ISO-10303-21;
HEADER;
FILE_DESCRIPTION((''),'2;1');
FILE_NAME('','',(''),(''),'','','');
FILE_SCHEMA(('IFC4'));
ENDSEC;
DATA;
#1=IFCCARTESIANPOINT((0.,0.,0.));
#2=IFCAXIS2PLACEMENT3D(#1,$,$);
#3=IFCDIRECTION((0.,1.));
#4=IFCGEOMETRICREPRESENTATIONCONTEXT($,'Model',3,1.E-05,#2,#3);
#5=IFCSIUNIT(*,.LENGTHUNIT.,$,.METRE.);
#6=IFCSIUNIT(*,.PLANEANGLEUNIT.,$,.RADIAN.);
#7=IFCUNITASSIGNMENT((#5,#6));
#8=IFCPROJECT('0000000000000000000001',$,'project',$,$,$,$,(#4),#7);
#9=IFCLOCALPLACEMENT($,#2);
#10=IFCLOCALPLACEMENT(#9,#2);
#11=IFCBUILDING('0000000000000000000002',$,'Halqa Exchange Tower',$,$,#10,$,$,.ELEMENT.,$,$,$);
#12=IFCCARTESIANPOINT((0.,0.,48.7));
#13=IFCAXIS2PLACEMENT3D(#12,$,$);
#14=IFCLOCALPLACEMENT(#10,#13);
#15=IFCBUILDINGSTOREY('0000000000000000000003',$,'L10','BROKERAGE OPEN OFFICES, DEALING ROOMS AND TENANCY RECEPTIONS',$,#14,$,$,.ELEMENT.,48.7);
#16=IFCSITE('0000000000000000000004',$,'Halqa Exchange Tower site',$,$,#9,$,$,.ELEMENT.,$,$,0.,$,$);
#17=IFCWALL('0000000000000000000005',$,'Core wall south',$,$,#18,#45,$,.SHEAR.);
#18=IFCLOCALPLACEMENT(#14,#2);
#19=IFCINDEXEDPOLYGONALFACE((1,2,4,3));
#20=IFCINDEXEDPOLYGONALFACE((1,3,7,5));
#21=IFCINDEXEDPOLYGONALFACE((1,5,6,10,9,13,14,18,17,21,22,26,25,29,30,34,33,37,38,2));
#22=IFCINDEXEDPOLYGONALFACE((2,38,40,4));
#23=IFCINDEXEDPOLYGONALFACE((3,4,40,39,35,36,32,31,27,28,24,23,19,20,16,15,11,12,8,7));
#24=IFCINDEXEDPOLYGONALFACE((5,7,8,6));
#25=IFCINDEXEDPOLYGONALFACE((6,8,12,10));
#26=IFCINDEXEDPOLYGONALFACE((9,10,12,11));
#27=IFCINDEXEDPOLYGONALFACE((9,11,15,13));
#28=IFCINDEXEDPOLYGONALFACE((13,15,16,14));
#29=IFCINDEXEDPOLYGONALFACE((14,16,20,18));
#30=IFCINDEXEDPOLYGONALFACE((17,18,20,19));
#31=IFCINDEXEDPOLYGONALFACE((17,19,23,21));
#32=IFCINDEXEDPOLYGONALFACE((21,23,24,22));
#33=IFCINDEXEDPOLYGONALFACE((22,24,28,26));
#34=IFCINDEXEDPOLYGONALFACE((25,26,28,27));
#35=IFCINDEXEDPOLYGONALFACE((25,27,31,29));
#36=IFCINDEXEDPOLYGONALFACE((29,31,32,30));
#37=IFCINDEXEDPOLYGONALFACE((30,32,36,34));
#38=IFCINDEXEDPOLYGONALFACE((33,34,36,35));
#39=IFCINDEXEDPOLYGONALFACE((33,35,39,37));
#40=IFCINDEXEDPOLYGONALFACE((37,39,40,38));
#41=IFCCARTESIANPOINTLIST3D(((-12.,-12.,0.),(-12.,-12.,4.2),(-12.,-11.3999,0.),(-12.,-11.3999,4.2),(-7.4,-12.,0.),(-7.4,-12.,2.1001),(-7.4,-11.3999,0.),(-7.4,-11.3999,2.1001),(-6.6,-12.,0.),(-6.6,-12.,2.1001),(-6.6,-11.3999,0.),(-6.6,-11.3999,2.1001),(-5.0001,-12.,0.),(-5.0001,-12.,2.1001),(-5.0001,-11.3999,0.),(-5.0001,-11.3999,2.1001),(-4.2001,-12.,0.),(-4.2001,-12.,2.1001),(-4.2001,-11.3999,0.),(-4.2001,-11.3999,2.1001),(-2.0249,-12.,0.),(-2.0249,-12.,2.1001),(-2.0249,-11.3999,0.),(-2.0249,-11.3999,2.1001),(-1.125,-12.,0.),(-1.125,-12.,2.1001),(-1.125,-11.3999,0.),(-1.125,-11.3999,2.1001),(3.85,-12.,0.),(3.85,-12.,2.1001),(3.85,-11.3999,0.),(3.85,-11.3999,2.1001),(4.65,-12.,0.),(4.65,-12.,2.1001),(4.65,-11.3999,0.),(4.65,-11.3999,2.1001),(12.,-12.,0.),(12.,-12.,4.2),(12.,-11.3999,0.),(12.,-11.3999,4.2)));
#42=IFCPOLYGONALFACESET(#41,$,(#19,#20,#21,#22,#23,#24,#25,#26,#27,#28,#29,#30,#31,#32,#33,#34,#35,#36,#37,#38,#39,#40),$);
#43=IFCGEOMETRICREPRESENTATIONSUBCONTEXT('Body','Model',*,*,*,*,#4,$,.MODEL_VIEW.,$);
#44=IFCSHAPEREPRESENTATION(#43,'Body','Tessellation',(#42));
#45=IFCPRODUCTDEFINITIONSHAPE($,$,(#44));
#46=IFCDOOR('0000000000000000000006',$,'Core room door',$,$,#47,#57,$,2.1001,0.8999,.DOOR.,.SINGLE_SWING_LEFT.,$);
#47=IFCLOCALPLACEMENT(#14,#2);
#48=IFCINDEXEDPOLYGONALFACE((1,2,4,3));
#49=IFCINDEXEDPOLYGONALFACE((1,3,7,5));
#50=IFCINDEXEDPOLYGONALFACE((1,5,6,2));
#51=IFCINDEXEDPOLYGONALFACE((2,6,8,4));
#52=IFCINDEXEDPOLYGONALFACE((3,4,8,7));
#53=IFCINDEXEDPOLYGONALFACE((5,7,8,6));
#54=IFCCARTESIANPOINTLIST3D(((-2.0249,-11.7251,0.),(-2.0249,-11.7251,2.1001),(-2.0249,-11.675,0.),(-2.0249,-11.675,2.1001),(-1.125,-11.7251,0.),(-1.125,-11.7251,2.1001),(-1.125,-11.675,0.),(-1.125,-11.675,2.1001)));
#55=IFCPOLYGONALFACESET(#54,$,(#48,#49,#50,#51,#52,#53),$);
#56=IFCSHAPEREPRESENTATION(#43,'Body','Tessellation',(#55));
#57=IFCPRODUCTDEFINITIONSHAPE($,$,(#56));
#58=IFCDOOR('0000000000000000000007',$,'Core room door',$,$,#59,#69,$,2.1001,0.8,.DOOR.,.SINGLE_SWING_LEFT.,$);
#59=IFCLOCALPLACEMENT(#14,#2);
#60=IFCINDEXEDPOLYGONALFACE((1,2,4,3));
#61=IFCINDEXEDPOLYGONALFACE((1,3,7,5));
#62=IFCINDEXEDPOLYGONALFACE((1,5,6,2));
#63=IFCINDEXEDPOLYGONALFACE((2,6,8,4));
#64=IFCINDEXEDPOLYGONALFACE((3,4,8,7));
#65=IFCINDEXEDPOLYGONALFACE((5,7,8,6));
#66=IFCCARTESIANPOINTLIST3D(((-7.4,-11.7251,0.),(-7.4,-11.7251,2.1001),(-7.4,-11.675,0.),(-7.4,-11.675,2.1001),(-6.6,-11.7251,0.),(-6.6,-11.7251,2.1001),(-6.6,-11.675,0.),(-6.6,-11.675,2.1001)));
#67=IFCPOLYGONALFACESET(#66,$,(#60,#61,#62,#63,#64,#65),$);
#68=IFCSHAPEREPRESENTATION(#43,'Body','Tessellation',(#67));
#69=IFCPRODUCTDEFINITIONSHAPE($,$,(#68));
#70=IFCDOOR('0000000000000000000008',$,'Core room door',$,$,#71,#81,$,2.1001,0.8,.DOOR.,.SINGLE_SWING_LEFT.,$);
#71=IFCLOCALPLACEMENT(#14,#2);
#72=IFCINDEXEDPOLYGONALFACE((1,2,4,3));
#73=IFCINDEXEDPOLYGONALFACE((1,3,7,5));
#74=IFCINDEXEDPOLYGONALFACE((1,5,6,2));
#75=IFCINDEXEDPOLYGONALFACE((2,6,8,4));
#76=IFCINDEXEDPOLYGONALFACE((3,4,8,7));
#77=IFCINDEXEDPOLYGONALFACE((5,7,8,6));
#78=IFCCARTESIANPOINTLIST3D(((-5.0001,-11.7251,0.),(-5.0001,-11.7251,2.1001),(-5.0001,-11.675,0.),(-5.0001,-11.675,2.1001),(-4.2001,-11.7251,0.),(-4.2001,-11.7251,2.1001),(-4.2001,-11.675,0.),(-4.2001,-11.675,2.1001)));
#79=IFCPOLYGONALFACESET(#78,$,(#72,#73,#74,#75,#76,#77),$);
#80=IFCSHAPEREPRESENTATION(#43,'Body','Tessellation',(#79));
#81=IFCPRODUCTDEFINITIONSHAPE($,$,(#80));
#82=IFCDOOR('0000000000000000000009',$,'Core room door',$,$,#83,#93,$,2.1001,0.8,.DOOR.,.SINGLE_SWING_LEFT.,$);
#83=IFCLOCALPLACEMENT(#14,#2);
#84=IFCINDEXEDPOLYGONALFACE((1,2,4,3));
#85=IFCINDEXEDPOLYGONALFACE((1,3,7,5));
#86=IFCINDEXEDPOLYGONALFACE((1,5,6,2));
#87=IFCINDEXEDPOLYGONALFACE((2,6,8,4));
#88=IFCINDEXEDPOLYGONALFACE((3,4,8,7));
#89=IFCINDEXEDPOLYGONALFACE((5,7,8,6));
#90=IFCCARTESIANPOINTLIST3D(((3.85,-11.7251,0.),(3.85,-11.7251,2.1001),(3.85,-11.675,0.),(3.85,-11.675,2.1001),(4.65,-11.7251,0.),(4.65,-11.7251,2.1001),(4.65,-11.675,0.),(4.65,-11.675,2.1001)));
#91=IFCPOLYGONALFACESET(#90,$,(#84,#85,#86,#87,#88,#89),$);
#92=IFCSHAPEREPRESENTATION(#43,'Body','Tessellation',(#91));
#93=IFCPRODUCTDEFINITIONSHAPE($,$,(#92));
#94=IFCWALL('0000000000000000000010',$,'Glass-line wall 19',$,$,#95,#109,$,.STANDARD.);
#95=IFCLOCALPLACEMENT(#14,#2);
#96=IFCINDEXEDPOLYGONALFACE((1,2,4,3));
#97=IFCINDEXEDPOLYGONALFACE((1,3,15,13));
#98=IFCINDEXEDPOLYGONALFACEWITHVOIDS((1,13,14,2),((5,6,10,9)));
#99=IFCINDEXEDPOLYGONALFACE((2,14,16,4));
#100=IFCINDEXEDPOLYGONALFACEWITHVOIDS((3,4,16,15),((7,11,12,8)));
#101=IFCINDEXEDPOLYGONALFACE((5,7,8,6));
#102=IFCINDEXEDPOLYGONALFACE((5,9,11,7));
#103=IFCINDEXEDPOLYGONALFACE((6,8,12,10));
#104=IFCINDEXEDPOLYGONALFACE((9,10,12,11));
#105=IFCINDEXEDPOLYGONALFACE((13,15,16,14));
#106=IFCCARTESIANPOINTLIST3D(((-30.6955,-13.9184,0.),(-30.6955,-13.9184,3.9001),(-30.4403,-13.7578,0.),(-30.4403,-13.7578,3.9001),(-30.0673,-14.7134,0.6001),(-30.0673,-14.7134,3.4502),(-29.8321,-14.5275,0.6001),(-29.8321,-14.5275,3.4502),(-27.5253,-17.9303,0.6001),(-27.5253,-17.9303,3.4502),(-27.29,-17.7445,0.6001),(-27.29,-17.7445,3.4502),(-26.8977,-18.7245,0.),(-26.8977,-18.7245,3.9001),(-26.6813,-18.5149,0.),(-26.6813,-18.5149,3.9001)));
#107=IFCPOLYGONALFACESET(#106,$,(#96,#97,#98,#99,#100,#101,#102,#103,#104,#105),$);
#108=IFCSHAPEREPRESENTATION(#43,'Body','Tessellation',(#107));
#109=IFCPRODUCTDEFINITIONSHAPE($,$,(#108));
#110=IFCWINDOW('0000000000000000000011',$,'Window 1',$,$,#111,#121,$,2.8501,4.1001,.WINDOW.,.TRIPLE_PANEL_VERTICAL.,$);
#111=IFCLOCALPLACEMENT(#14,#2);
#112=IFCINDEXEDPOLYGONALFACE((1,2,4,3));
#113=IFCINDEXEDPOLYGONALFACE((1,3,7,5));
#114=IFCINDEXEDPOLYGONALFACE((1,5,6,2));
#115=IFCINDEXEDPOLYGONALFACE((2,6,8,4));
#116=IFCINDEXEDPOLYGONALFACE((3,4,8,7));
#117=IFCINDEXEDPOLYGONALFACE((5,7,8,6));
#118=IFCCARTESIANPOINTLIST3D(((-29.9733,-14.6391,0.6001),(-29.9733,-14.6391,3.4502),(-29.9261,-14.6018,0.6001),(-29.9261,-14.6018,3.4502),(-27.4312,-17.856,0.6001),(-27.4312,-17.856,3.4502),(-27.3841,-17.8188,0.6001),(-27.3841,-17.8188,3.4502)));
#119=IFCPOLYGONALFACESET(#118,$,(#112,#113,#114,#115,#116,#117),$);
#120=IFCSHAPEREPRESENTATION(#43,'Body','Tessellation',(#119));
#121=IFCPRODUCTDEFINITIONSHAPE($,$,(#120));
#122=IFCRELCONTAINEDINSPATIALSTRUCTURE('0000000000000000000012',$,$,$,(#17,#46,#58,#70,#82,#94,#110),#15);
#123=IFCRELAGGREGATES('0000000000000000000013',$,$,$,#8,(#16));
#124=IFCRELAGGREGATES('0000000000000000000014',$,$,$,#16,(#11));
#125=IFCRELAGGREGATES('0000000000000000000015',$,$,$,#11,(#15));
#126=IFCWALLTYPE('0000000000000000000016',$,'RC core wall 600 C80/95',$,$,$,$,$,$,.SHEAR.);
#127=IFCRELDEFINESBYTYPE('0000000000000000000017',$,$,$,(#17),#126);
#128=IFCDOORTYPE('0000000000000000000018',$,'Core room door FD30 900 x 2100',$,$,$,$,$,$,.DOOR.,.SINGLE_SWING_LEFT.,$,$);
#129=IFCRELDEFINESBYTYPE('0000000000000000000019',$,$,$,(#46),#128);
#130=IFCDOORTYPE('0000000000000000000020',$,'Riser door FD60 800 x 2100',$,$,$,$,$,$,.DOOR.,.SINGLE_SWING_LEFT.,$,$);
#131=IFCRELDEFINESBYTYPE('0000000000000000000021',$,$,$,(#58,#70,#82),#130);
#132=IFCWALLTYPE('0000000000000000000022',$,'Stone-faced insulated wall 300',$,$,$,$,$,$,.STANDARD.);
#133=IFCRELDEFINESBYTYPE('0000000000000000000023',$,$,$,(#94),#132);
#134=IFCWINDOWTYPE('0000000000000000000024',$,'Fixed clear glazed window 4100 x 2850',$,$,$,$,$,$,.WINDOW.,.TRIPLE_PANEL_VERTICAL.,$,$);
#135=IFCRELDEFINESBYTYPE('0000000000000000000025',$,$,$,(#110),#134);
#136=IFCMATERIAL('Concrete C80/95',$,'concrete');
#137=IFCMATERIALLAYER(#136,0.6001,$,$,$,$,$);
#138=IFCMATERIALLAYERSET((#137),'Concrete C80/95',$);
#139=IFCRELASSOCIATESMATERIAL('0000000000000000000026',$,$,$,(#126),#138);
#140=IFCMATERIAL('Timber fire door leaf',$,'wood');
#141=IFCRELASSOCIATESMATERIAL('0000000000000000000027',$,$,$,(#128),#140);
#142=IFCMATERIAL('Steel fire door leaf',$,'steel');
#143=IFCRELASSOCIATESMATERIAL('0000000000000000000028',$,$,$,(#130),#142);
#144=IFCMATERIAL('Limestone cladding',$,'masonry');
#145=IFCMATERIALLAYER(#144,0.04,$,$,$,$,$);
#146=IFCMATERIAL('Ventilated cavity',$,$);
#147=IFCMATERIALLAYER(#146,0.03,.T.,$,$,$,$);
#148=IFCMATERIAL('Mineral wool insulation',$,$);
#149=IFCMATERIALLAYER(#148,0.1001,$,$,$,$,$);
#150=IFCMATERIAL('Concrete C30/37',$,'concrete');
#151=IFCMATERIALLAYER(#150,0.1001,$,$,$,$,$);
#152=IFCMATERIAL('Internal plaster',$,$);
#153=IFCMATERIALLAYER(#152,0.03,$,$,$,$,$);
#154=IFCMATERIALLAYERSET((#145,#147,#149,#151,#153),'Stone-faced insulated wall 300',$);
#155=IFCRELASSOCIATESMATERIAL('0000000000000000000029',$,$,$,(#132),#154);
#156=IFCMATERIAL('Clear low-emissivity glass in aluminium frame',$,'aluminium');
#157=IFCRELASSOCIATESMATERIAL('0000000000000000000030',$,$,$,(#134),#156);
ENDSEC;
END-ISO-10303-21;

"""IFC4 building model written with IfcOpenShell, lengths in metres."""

from ifc_helpers import new_model, si_unit, direction, frame, frame_2d, origin, place, context, subcontext, project, spatial, polyline, rectangle, outline, extrude, material, layer, layer_set, type_object, element, fill, save


model = new_model("IFC4")

# Units and contexts
model_context = context("Model", 3, precision=1e-05, world=origin(), true_north=direction((0.0, 1.0)))
body_context = subcontext(model_context, "Body", "Model", "MODEL_VIEW")
ifc_project = project(units=[si_unit("LENGTHUNIT", "METRE"), si_unit("PLANEANGLEUNIT", "RADIAN")], contexts=[model_context])

# Site, building, storey
site_placement = place(None, origin())
site = spatial("IfcSite", under=ifc_project, at=site_placement, Name="Halqa Exchange Tower site", CompositionType="ELEMENT", RefElevation=0.0)
building_placement = place(site_placement, origin())
building = spatial("IfcBuilding", under=site, at=building_placement, Name="Halqa Exchange Tower", CompositionType="ELEMENT")
storey_placement = place(building_placement, frame((0.0, 0.0, 48.7)))
storey = spatial("IfcBuildingStorey", under=building, at=storey_placement, Name="L10", Description="BROKERAGE OPEN OFFICES, DEALING ROOMS AND TENANCY RECEPTIONS", CompositionType="ELEMENT", Elevation=48.7)

# Shared definitions
ifc_material_1 = material(Name="Concrete C80/95", Category="concrete")

# Shared definitions
ifc_material_2 = material(Name="Steel fire door leaf", Category="steel")

# Wall, openings, doors
ifc_layer_1 = layer(ifc_material_1, 0.6001)
ifc_layer_set_1 = layer_set([ifc_layer_1], Name="Concrete C80/95")
wall_type_1 = type_object("IfcWallType", Name="RC core wall 600 C80/95", PredefinedType="SHEAR", material=ifc_layer_set_1)
wall_1_placement = place(storey_placement, frame((-12.0, -11.7, 0.0), z_axis=(0.0, 0.0, 1.0), x_axis=(1.0, 0.0, 0.0)))
wall_1 = element("IfcWall", 1, at=wall_1_placement, inside=storey, type_object=wall_type_1, Name="Core wall south", PredefinedType="SHEAR", context=body_context, shape_type="SweptSolid", body=[
    extrude(rectangle(XDim=24.0, YDim=0.6001, at=frame_2d((12.0, 0.0))), origin(), (0.0, 0.0, 1.0), 4.2),
])
opening_1_placement = place(wall_1_placement, frame((9.9751, 0.0, 0.0)))
opening_1 = element("IfcOpeningElement", 2, at=opening_1_placement, cuts=wall_1, PredefinedType="OPENING", context=body_context, shape_type="SweptSolid", body=[
    extrude(rectangle(XDim=0.8999, YDim=2.1001, at=frame_2d((0.45, 1.05))), frame((0.0, 0.312, 0.0), z_axis=(0.0, -1.0, 0.0), x_axis=(1.0, 0.0, 0.0)), (0.0, 0.0, 1.0), 0.624),
])
opening_2_placement = place(wall_1_placement, frame((4.6001, 0.0, 0.0)))
opening_2 = element("IfcOpeningElement", 3, at=opening_2_placement, cuts=wall_1, PredefinedType="OPENING", context=body_context, shape_type="SweptSolid", body=[
    extrude(rectangle(XDim=0.8, YDim=2.1001, at=frame_2d((0.3999, 1.05))), frame((0.0, 0.312, 0.0), z_axis=(0.0, -1.0, 0.0), x_axis=(1.0, 0.0, 0.0)), (0.0, 0.0, 1.0), 0.624),
])
opening_3_placement = place(wall_1_placement, frame((7.0, 0.0, 0.0)))
opening_3 = element("IfcOpeningElement", 4, at=opening_3_placement, cuts=wall_1, PredefinedType="OPENING", context=body_context, shape_type="SweptSolid", body=[
    extrude(rectangle(XDim=0.8, YDim=2.1001, at=frame_2d((0.3999, 1.05))), frame((0.0, 0.312, 0.0), z_axis=(0.0, -1.0, 0.0), x_axis=(1.0, 0.0, 0.0)), (0.0, 0.0, 1.0), 0.624),
])
opening_4_placement = place(wall_1_placement, frame((15.8501, 0.0, 0.0)))
opening_4 = element("IfcOpeningElement", 5, at=opening_4_placement, cuts=wall_1, PredefinedType="OPENING", context=body_context, shape_type="SweptSolid", body=[
    extrude(rectangle(XDim=0.8, YDim=2.1001, at=frame_2d((0.3999, 1.05))), frame((0.0, 0.312, 0.0), z_axis=(0.0, -1.0, 0.0), x_axis=(1.0, 0.0, 0.0)), (0.0, 0.0, 1.0), 0.624),
])
ifc_material_3 = material(Name="Timber fire door leaf", Category="wood")
door_type_1 = type_object("IfcDoorType", Name="Core room door FD30 900 x 2100", OperationType="SINGLE_SWING_LEFT", PredefinedType="DOOR", material=ifc_material_3)
door_1_placement = place(opening_1_placement, origin())
door_1 = element("IfcDoor", 6, at=door_1_placement, inside=storey, type_object=door_type_1, Name="Core room door", OperationType="SINGLE_SWING_LEFT", OverallHeight=2.1001, OverallWidth=0.8999, PredefinedType="DOOR", context=body_context, shape_type="SweptSolid", body=[
    extrude(rectangle(XDim=0.8999, YDim=2.1001, at=frame_2d((0.45, 1.05))), frame((0.0, 0.0249, 0.0), z_axis=(0.0, -1.0, 0.0), x_axis=(1.0, 0.0, 0.0)), (0.0, 0.0, 1.0), 0.05),
])
fill(opening_1, door_1)
door_type_2 = type_object("IfcDoorType", Name="Riser door FD60 800 x 2100", OperationType="SINGLE_SWING_LEFT", PredefinedType="DOOR", material=ifc_material_2)
door_2_placement = place(opening_2_placement, origin())
door_2 = element("IfcDoor", 7, at=door_2_placement, inside=storey, type_object=door_type_2, Name="Core room door", OperationType="SINGLE_SWING_LEFT", OverallHeight=2.1001, OverallWidth=0.8, PredefinedType="DOOR", context=body_context, shape_type="SweptSolid", body=[
    extrude(rectangle(XDim=0.8, YDim=2.1001, at=frame_2d((0.3999, 1.05))), frame((0.0, 0.0249, 0.0), z_axis=(0.0, -1.0, 0.0), x_axis=(1.0, 0.0, 0.0)), (0.0, 0.0, 1.0), 0.05),
])
fill(opening_2, door_2)
door_3_placement = place(opening_3_placement, origin())
door_3 = element("IfcDoor", 8, at=door_3_placement, inside=storey, type_object=door_type_2, Name="Core room door", OperationType="SINGLE_SWING_LEFT", OverallHeight=2.1001, OverallWidth=0.8, PredefinedType="DOOR", context=body_context, shape_type="SweptSolid", body=[
    extrude(rectangle(XDim=0.8, YDim=2.1001, at=frame_2d((0.3999, 1.05))), frame((0.0, 0.0249, 0.0), z_axis=(0.0, -1.0, 0.0), x_axis=(1.0, 0.0, 0.0)), (0.0, 0.0, 1.0), 0.05),
])
fill(opening_3, door_3)
door_4_placement = place(opening_4_placement, origin())
door_4 = element("IfcDoor", 9, at=door_4_placement, inside=storey, type_object=door_type_2, Name="Core room door", OperationType="SINGLE_SWING_LEFT", OverallHeight=2.1001, OverallWidth=0.8, PredefinedType="DOOR", context=body_context, shape_type="SweptSolid", body=[
    extrude(rectangle(XDim=0.8, YDim=2.1001, at=frame_2d((0.3999, 1.05))), frame((0.0, 0.0249, 0.0), z_axis=(0.0, -1.0, 0.0), x_axis=(1.0, 0.0, 0.0)), (0.0, 0.0, 1.0), 0.05),
])
fill(opening_4, door_4)

# Wall, opening, window
ifc_material_4 = material(Name="Limestone cladding", Category="masonry")
ifc_layer_2 = layer(ifc_material_4, 0.04)
ifc_material_5 = material(Name="Ventilated cavity")
ifc_layer_3 = layer(ifc_material_5, 0.03, ventilated=True)
ifc_material_6 = material(Name="Mineral wool insulation")
ifc_layer_4 = layer(ifc_material_6, 0.1001)
ifc_material_7 = material(Name="Concrete C30/37", Category="concrete")
ifc_layer_5 = layer(ifc_material_7, 0.1001)
ifc_material_8 = material(Name="Internal plaster")
ifc_layer_6 = layer(ifc_material_8, 0.03)
ifc_layer_set_2 = layer_set([ifc_layer_2, ifc_layer_3, ifc_layer_4, ifc_layer_5, ifc_layer_6], Name="Stone-faced insulated wall 300")
wall_type_2 = type_object("IfcWallType", Name="Stone-faced insulated wall 300", PredefinedType="STANDARD", material=ifc_layer_set_2)
wall_2_placement = place(storey_placement, frame((-30.5679, -13.8381, 0.0), z_axis=(0.0, 0.0, 1.0), x_axis=(0.619994, -0.784607, 0.0)))
wall_2 = element("IfcWall", 10, at=wall_2_placement, inside=storey, type_object=wall_type_2, Name="Glass-line wall 19", PredefinedType="STANDARD", context=body_context, shape_type="SweptSolid", body=[
    extrude(outline(polyline([(-0.0161, -0.1499), (6.1094, -0.1499), (6.0791, 0.1499), (0.0161, 0.1499), (-0.0161, -0.1499)])), origin(), (0.0, 0.0, 1.0), 3.9001),
])
opening_5_placement = place(wall_2_placement, frame((0.9971, 0.0, 0.6001)))
opening_5 = element("IfcOpeningElement", 11, at=opening_5_placement, cuts=wall_2, PredefinedType="OPENING", context=body_context, shape_type="SweptSolid", body=[
    extrude(rectangle(XDim=4.1001, YDim=2.8501, at=frame_2d((2.05, 1.425))), frame((0.0, 0.1621, 0.0), z_axis=(0.0, -1.0, 0.0), x_axis=(1.0, 0.0, 0.0)), (0.0, 0.0, 1.0), 0.324),
])
ifc_material_9 = material(Name="Clear low-emissivity glass in aluminium frame", Category="aluminium")
window_type = type_object("IfcWindowType", Name="Fixed clear glazed window 4100 x 2850", PartitioningType="TRIPLE_PANEL_VERTICAL", PredefinedType="WINDOW", material=ifc_material_9)
window_placement = place(opening_5_placement, origin())
window = element("IfcWindow", 12, at=window_placement, inside=storey, type_object=window_type, Name="Window 1", OverallHeight=2.8501, OverallWidth=4.1001, PartitioningType="TRIPLE_PANEL_VERTICAL", PredefinedType="WINDOW", context=body_context, shape_type="SweptSolid", body=[
    extrude(rectangle(XDim=4.1001, YDim=2.8501, at=frame_2d((2.05, 1.425))), frame((0.0, 0.03, 0.0), z_axis=(0.0, -1.0, 0.0), x_axis=(1.0, 0.0, 0.0)), (0.0, 0.0, 1.0), 0.0601),
])
fill(opening_5, window)

save(model, "model.ifc")
